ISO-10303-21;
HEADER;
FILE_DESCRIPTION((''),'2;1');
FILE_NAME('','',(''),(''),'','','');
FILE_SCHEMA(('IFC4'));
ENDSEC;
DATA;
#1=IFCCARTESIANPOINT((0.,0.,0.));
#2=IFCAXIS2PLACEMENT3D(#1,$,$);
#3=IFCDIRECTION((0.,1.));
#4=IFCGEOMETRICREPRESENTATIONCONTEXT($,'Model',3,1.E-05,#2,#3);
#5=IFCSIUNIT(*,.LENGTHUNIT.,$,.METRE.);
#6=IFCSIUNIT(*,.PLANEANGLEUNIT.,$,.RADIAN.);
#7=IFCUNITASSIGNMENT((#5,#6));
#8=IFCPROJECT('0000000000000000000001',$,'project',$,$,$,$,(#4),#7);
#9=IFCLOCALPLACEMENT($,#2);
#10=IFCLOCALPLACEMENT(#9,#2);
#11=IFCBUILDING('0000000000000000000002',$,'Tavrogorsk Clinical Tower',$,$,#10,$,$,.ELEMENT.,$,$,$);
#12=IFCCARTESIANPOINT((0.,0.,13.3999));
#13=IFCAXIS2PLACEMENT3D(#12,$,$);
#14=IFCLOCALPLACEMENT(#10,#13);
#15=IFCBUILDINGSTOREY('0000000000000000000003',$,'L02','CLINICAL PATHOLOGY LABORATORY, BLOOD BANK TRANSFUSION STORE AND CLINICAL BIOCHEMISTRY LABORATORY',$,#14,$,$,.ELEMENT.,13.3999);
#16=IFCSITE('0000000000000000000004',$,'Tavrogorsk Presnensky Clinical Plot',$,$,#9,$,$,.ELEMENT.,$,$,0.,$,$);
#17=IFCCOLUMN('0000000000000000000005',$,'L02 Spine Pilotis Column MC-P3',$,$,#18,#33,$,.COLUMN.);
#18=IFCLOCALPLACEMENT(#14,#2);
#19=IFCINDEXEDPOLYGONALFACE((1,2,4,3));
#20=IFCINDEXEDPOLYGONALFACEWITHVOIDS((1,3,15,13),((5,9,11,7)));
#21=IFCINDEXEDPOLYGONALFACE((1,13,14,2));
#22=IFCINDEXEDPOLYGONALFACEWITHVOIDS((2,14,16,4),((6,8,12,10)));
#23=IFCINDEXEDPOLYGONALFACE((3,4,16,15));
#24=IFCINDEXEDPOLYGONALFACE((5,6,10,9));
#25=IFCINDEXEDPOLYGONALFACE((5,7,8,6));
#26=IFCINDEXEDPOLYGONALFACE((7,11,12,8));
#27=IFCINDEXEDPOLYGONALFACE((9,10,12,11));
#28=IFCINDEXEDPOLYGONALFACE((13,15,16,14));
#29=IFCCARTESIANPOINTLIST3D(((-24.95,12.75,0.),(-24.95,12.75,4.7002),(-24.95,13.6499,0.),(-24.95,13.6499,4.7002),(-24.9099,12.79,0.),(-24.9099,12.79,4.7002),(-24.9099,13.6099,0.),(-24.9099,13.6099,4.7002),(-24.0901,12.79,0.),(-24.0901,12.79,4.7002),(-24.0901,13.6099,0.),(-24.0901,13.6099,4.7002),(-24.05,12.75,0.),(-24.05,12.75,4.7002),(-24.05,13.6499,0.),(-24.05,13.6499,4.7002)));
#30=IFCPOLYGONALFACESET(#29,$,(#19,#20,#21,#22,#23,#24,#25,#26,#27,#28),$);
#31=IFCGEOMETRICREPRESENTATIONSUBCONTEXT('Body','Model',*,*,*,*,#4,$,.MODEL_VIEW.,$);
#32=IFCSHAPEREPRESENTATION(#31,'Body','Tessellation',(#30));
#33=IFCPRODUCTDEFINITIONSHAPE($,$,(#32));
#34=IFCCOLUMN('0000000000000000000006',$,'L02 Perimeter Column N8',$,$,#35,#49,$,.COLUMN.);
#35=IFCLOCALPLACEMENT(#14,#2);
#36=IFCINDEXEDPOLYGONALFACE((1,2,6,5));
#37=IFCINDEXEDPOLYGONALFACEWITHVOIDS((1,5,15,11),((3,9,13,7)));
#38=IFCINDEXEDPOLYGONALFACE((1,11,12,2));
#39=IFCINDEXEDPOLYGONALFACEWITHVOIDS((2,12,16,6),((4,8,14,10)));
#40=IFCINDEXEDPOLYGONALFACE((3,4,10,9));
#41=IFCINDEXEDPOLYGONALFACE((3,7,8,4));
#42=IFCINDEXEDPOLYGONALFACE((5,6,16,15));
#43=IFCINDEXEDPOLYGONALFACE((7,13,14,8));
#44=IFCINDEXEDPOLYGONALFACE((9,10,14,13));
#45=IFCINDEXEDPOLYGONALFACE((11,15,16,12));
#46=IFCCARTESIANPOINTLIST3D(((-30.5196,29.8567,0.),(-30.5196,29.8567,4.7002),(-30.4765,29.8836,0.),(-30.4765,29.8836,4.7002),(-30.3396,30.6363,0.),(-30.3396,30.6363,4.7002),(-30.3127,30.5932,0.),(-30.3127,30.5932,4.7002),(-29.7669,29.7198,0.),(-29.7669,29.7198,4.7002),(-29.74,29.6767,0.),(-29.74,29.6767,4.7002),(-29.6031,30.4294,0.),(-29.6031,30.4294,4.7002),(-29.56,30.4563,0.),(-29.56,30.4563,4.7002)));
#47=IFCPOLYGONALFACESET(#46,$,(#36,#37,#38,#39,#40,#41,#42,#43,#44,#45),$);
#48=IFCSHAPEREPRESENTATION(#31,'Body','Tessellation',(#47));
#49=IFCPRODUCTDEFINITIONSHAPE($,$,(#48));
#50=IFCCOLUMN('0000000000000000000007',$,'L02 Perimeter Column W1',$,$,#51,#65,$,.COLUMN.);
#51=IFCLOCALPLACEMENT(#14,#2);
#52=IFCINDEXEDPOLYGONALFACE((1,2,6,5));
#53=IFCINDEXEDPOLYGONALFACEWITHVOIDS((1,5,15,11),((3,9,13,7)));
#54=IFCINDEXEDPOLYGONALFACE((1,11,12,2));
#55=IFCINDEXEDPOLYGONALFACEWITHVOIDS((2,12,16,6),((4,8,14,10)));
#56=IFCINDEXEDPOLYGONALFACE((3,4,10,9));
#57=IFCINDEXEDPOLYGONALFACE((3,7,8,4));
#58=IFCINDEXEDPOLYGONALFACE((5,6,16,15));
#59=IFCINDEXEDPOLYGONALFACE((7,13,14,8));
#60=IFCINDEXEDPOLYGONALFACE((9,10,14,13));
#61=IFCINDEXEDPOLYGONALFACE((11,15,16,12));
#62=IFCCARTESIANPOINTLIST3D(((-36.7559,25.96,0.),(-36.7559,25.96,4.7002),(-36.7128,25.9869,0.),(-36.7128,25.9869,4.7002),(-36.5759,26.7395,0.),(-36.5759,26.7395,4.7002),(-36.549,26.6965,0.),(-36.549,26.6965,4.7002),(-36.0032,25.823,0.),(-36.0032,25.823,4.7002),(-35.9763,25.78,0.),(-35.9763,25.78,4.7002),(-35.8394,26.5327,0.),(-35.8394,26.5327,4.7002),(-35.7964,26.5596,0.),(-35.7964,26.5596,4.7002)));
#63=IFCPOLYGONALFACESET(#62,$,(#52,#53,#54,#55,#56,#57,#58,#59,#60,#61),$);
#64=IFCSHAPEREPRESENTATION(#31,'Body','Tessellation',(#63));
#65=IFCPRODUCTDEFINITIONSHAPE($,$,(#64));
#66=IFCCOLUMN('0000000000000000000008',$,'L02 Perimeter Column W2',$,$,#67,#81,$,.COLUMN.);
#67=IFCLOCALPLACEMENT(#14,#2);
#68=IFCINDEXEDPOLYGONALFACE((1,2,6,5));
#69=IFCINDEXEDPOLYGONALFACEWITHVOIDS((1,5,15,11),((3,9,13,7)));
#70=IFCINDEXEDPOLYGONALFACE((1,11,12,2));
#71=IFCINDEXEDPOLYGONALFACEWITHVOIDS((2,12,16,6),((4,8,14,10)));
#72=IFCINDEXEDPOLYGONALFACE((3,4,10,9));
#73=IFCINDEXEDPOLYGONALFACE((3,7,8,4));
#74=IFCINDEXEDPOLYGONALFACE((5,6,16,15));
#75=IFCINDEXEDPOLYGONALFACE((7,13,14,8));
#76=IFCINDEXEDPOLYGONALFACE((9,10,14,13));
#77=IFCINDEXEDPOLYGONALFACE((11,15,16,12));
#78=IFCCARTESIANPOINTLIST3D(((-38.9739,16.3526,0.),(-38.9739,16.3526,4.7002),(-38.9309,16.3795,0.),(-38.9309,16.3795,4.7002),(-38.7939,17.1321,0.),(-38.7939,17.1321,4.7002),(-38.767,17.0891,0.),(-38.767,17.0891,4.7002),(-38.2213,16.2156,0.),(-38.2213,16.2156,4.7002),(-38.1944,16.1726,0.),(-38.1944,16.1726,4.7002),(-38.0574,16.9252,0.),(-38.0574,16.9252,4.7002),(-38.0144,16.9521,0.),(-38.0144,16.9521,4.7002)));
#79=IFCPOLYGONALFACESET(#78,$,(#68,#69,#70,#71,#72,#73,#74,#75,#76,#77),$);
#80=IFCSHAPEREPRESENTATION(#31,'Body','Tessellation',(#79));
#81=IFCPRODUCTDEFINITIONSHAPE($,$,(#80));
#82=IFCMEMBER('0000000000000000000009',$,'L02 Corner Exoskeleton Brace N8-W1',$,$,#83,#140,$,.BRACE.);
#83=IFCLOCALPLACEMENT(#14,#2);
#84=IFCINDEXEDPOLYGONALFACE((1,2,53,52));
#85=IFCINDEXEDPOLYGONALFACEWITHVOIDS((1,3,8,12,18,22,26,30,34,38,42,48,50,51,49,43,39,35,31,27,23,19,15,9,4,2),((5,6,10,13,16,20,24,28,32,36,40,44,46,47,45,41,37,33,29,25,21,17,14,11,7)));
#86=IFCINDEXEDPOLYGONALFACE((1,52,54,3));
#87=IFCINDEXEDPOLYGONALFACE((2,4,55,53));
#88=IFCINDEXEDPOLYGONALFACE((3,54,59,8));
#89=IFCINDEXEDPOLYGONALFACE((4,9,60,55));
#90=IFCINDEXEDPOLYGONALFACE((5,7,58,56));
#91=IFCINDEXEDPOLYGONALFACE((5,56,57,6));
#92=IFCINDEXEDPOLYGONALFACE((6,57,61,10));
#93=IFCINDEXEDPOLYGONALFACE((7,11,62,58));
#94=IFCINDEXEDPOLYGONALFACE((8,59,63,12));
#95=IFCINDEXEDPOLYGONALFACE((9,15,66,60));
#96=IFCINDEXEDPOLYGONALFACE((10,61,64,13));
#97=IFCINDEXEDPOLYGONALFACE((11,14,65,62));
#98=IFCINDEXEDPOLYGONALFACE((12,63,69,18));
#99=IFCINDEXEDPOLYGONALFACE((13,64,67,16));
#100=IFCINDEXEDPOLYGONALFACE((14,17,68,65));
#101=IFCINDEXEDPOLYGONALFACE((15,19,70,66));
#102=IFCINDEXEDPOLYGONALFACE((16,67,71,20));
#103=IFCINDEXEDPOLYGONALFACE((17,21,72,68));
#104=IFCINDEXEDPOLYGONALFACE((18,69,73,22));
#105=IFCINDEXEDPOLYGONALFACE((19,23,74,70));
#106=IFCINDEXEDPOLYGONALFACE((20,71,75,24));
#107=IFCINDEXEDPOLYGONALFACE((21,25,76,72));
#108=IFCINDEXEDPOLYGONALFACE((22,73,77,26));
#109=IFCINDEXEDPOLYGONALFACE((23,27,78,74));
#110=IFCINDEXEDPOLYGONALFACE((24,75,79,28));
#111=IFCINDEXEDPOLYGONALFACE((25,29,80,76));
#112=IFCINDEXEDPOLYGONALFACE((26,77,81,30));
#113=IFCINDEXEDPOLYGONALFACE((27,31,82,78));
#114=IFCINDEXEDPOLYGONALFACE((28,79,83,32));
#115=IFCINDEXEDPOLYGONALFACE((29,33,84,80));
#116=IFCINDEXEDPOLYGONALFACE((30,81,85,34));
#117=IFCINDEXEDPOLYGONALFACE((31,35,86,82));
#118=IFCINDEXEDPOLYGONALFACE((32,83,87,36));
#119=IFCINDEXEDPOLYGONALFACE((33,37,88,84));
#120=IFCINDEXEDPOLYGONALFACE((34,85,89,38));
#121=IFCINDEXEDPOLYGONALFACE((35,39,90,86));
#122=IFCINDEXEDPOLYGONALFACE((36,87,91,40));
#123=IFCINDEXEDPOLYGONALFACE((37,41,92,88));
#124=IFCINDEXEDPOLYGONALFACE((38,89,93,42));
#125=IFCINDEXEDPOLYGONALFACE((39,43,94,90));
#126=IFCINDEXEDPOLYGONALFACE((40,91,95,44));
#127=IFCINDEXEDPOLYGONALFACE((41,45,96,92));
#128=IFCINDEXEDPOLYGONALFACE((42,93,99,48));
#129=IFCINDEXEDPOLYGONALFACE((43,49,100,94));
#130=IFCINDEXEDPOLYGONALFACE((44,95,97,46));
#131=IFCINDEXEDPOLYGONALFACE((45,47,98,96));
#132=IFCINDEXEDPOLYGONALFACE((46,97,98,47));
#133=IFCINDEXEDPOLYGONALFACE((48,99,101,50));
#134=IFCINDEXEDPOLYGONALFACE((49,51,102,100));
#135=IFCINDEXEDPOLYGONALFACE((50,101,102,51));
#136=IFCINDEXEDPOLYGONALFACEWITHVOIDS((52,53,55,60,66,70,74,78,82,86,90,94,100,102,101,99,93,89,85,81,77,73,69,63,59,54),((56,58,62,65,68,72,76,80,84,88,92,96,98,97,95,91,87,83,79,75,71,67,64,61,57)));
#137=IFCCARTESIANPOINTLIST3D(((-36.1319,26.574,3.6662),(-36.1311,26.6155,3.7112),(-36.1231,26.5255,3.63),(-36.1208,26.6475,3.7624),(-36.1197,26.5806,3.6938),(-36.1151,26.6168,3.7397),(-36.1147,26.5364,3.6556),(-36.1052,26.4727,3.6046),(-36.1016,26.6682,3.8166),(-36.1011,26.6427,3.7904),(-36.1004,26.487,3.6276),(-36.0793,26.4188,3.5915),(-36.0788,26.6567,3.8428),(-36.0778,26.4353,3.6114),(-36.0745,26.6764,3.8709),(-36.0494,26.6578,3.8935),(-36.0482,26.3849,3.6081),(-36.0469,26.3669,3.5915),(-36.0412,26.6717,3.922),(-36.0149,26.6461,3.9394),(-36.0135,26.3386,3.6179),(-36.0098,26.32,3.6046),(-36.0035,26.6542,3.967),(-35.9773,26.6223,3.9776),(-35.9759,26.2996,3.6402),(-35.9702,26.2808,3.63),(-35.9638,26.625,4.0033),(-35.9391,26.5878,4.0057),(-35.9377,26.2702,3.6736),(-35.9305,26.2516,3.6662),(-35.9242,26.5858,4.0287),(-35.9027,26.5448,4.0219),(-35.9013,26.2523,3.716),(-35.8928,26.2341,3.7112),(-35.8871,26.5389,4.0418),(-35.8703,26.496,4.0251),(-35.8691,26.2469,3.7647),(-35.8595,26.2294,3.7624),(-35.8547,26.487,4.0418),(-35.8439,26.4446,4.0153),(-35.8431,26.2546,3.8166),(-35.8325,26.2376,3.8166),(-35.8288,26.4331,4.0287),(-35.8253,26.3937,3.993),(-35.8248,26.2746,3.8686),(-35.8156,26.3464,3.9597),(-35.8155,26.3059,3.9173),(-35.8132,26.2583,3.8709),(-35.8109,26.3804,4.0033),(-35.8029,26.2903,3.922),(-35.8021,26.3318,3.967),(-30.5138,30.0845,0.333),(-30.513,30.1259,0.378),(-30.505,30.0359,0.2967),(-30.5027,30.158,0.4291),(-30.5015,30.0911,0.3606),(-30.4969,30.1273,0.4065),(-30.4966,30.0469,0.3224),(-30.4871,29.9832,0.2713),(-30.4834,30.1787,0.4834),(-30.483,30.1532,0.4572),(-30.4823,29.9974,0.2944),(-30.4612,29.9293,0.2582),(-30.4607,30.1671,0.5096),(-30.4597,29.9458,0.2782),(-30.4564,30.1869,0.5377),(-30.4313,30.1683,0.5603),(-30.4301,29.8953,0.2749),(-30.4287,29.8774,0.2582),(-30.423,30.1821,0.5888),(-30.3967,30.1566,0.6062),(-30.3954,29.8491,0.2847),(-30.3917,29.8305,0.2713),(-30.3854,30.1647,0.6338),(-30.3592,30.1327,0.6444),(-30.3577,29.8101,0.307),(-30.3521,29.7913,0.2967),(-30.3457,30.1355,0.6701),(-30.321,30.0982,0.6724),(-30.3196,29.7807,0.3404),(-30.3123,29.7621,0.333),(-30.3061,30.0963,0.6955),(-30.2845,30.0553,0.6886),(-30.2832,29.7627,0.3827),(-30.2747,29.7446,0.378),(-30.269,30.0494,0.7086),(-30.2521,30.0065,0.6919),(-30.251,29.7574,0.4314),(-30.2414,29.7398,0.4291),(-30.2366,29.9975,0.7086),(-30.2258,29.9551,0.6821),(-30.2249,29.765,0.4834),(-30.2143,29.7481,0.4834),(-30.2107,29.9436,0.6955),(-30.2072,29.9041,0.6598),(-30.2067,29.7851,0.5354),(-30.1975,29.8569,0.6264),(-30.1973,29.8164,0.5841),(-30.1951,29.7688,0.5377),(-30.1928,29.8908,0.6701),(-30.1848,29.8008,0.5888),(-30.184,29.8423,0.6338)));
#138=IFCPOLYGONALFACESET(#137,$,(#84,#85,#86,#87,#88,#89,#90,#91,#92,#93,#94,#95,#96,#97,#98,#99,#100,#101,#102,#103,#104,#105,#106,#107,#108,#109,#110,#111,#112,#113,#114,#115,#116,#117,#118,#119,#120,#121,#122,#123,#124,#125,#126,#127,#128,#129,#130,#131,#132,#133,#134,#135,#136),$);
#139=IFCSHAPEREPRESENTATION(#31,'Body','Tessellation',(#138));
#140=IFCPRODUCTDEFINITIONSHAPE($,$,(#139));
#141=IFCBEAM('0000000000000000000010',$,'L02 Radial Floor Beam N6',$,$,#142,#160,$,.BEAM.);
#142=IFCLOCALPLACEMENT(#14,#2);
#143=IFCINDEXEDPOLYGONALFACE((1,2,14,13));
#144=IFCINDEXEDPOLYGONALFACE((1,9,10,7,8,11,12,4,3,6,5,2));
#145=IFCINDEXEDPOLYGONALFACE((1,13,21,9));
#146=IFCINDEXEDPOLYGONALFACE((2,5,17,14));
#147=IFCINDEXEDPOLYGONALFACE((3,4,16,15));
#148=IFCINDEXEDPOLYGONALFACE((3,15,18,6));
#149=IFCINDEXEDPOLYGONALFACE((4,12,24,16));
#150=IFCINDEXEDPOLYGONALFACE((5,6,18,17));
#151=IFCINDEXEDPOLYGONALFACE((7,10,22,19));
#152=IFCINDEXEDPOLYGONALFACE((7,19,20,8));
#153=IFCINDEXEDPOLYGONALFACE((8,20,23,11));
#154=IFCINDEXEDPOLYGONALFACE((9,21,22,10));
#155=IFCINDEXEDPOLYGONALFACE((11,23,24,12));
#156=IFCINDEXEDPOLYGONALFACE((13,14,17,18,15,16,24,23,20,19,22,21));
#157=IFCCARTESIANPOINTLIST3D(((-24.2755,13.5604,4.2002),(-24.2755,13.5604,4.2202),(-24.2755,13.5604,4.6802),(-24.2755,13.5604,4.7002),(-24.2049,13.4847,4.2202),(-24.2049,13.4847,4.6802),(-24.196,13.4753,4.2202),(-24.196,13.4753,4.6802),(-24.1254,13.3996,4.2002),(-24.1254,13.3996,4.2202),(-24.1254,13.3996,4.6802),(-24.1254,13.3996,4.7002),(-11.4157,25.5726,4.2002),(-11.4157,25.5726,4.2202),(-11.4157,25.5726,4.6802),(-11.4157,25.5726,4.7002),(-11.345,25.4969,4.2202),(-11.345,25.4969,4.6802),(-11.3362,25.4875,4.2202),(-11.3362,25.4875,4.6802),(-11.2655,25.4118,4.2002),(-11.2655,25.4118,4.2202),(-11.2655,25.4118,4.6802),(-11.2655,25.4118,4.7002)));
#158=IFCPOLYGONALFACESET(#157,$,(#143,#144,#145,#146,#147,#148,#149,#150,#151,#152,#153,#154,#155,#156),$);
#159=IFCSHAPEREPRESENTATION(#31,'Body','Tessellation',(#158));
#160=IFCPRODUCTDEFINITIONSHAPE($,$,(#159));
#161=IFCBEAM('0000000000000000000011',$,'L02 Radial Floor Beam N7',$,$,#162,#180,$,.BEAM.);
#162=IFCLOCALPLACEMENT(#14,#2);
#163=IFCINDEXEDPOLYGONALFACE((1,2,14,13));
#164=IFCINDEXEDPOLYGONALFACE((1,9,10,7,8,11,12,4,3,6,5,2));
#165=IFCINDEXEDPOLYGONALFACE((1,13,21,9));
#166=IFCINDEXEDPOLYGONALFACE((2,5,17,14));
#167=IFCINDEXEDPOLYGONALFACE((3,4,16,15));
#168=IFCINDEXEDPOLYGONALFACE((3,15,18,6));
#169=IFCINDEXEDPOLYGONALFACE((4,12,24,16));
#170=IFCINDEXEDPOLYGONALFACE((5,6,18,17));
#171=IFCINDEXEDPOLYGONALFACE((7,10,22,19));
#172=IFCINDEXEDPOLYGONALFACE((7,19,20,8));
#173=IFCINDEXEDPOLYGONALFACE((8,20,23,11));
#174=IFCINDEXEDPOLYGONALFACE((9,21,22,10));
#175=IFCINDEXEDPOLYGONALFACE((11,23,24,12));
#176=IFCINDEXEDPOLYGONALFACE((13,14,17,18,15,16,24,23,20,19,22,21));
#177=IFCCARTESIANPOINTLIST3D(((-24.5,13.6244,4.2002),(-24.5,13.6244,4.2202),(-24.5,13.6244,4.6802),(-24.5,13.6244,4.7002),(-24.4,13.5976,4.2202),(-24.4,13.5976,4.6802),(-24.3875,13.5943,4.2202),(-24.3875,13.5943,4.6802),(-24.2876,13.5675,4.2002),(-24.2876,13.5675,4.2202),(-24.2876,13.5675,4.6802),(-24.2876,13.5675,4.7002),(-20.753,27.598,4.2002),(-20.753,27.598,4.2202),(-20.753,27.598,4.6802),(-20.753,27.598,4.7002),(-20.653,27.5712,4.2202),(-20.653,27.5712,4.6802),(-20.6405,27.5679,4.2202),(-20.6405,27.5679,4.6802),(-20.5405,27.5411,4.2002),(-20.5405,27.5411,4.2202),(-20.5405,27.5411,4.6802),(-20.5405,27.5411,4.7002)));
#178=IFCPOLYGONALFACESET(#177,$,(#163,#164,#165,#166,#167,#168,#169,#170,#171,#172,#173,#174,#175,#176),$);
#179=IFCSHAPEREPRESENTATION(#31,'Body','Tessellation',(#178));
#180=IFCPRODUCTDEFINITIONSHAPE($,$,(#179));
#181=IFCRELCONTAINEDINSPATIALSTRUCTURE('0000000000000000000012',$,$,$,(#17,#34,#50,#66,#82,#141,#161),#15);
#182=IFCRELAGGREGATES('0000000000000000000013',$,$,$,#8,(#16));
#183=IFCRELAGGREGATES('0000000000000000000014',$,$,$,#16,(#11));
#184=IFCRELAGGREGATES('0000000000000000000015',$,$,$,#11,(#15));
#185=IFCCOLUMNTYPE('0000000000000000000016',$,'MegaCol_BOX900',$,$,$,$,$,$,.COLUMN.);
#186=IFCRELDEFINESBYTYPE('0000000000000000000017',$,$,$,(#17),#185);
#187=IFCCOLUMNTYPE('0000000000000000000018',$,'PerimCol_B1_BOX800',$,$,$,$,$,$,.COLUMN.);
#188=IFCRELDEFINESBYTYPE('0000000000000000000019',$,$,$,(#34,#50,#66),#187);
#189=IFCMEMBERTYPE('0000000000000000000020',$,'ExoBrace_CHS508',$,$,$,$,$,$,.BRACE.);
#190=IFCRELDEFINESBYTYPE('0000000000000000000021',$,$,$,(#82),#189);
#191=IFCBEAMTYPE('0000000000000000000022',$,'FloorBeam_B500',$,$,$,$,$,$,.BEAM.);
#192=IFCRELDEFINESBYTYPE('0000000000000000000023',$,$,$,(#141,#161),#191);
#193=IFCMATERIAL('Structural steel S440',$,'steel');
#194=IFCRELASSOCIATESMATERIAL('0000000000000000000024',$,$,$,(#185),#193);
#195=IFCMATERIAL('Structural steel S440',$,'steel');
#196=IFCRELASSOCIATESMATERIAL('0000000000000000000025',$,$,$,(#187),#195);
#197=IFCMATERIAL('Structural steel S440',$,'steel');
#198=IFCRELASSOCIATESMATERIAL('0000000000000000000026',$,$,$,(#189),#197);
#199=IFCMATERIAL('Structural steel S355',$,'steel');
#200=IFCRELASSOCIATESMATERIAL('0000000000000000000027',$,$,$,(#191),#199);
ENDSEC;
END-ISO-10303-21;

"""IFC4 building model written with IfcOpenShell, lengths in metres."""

from ifc_helpers import new_model, si_unit, direction, frame, origin, origin_2d, place, context, subcontext, project, spatial, hollow_rectangle, hollow_circle, i_section, extrude, material, material_profile, profile_set, type_object, element, save


model = new_model("IFC4")

# Units and contexts
model_context = context("Model", 3, precision=1e-05, world=origin(), true_north=direction((0.0, 1.0)))
body_context = subcontext(model_context, "Body", "Model", "MODEL_VIEW")
ifc_project = project(units=[si_unit("LENGTHUNIT", "METRE"), si_unit("PLANEANGLEUNIT", "RADIAN")], contexts=[model_context])

# Site, building, storey
site_placement = place(None, origin())
site = spatial("IfcSite", under=ifc_project, at=site_placement, Name="Tavrogorsk Presnensky Clinical Plot", CompositionType="ELEMENT", RefElevation=0.0)
building_placement = place(site_placement, origin())
building = spatial("IfcBuilding", under=site, at=building_placement, Name="Tavrogorsk Clinical Tower", CompositionType="ELEMENT")
storey_placement = place(building_placement, frame((0.0, 0.0, 13.3999)))
storey = spatial("IfcBuildingStorey", under=building, at=storey_placement, Name="L02", Description="CLINICAL PATHOLOGY LABORATORY, BLOOD BANK TRANSFUSION STORE AND CLINICAL BIOCHEMISTRY LABORATORY", CompositionType="ELEMENT", Elevation=13.3999)

# Columns
ifc_material_1 = material(Name="Structural steel S440", Category="steel")
ifc_material_profile_1 = material_profile(ifc_material_1, hollow_rectangle(XDim=0.8999, YDim=0.8999, WallThickness=0.04, at=origin_2d()), Name="BOX-900x900x40")
ifc_profile_set_1 = profile_set([ifc_material_profile_1], Name="Structural steel S440")
column_type_1 = type_object("IfcColumnType", Name="MegaCol_BOX900", PredefinedType="COLUMN", material=ifc_profile_set_1)
column_placement = place(storey_placement, frame((-24.5, 13.2, 0.0), z_axis=(0.0, 0.0, 1.0), x_axis=(1.0, 0.0, 0.0)))
element("IfcColumn", 1, at=column_placement, inside=storey, type_object=column_type_1, Name="L02 Spine Pilotis Column MC-P3", PredefinedType="COLUMN", context=body_context, shape_type="SweptSolid", body=[
    extrude(hollow_rectangle(XDim=0.8999, YDim=0.8999, WallThickness=0.04, at=origin_2d()), origin(), (0.0, 0.0, 1.0), 4.7002),
])
ifc_material_2 = material(Name="Structural steel S440", Category="steel")
ifc_material_profile_2 = material_profile(ifc_material_2, hollow_rectangle(XDim=0.8, YDim=0.8, WallThickness=0.0359, at=origin_2d()), Name="BOX-800x800x36")
ifc_profile_set_2 = profile_set([ifc_material_profile_2], Name="Structural steel S440")
column_type_2 = type_object("IfcColumnType", Name="PerimCol_B1_BOX800", PredefinedType="COLUMN", material=ifc_profile_set_2)
for number, where, z_axis, x_axis, name in (
    (2, (-30.0398, 30.1565, 0.0), (0.0, 0.0, 1.0), (0.97437, -0.224951, 0.0), "L02 Perimeter Column N8"),
    (3, (-36.2761, 26.2598, 0.0), (0.0, 0.0, 1.0), (0.97437, -0.224951, 0.0), "L02 Perimeter Column W1"),
    (4, (-38.4941, 16.6523, 0.0), (0.0, 0.0, 1.0), (0.97437, -0.224951, 0.0), "L02 Perimeter Column W2"),
):
    element("IfcColumn", number, at=place(storey_placement, frame(where, z_axis=z_axis, x_axis=x_axis)), inside=storey, type_object=column_type_2, Name=name, PredefinedType="COLUMN", context=body_context, shape_type="SweptSolid", body=[
        extrude(hollow_rectangle(XDim=0.8, YDim=0.8, WallThickness=0.0359, at=origin_2d()), origin(), (0.0, 0.0, 1.0), 4.7002),
    ])

# Member
ifc_material_3 = material(Name="Structural steel S440", Category="steel")
ifc_material_profile_3 = material_profile(ifc_material_3, hollow_circle(Radius=0.2539, WallThickness=0.02, at=origin_2d()), Name="CHS-508x20")
ifc_profile_set_3 = profile_set([ifc_material_profile_3], Name="Structural steel S440")
member_type_1 = type_object("IfcMemberType", Name="ExoBrace_CHS508", PredefinedType="BRACE", material=ifc_profile_set_3)
member_1_placement = place(storey_placement, frame((-30.3489, 29.9634, 0.4834), z_axis=(-0.757567, -0.473364, 0.449464), x_axis=(0.529906, -0.848056, 0.0)))
element("IfcMember", 5, at=member_1_placement, inside=storey, type_object=member_type_1, Name="L02 Corner Exoskeleton Brace N8-W1", PredefinedType="BRACE", context=body_context, shape_type="SweptSolid", body=[
    extrude(hollow_circle(Radius=0.2539, WallThickness=0.02, at=origin_2d()), origin(), (0.0, 0.0, 1.0), 7.416),
])

# Beams
ifc_material_4 = material(Name="Structural steel S355", Category="steel")
ifc_material_profile_4 = material_profile(ifc_material_4, i_section(OverallWidth=0.22, OverallDepth=0.5, WebThickness=0.0129, FlangeThickness=0.02, at=origin_2d()), Name="B-500x220x13x20")
ifc_profile_set_4 = profile_set([ifc_material_profile_4], Name="Structural steel S355")
beam_type_1 = type_object("IfcBeamType", Name="FloorBeam_B500", PredefinedType="BEAM", material=ifc_profile_set_4)
beam_1_placement = place(storey_placement, frame((-24.2004, 13.48, 4.4502), z_axis=(0.730781, 0.682612, 0.0), x_axis=(-0.682612, 0.730781, 0.0)))
element("IfcBeam", 6, at=beam_1_placement, inside=storey, type_object=beam_type_1, Name="L02 Radial Floor Beam N6", PredefinedType="BEAM", context=body_context, shape_type="SweptSolid", body=[
    extrude(i_section(OverallWidth=0.22, OverallDepth=0.5, WebThickness=0.0129, FlangeThickness=0.02, at=origin_2d()), origin(), (0.0, 0.0, 1.0), 17.5974),
])
beam_2_placement = place(storey_placement, frame((-24.3938, 13.5959, 4.4502), z_axis=(0.259003, 0.965877, 0.0), x_axis=(-0.965877, 0.259003, 0.0)))
element("IfcBeam", 7, at=beam_2_placement, inside=storey, type_object=beam_type_1, Name="L02 Radial Floor Beam N7", PredefinedType="BEAM", context=body_context, shape_type="SweptSolid", body=[
    extrude(i_section(OverallWidth=0.22, OverallDepth=0.5, WebThickness=0.0129, FlangeThickness=0.02, at=origin_2d()), origin(), (0.0, 0.0, 1.0), 14.4673),
])

save(model, "model.ifc")
